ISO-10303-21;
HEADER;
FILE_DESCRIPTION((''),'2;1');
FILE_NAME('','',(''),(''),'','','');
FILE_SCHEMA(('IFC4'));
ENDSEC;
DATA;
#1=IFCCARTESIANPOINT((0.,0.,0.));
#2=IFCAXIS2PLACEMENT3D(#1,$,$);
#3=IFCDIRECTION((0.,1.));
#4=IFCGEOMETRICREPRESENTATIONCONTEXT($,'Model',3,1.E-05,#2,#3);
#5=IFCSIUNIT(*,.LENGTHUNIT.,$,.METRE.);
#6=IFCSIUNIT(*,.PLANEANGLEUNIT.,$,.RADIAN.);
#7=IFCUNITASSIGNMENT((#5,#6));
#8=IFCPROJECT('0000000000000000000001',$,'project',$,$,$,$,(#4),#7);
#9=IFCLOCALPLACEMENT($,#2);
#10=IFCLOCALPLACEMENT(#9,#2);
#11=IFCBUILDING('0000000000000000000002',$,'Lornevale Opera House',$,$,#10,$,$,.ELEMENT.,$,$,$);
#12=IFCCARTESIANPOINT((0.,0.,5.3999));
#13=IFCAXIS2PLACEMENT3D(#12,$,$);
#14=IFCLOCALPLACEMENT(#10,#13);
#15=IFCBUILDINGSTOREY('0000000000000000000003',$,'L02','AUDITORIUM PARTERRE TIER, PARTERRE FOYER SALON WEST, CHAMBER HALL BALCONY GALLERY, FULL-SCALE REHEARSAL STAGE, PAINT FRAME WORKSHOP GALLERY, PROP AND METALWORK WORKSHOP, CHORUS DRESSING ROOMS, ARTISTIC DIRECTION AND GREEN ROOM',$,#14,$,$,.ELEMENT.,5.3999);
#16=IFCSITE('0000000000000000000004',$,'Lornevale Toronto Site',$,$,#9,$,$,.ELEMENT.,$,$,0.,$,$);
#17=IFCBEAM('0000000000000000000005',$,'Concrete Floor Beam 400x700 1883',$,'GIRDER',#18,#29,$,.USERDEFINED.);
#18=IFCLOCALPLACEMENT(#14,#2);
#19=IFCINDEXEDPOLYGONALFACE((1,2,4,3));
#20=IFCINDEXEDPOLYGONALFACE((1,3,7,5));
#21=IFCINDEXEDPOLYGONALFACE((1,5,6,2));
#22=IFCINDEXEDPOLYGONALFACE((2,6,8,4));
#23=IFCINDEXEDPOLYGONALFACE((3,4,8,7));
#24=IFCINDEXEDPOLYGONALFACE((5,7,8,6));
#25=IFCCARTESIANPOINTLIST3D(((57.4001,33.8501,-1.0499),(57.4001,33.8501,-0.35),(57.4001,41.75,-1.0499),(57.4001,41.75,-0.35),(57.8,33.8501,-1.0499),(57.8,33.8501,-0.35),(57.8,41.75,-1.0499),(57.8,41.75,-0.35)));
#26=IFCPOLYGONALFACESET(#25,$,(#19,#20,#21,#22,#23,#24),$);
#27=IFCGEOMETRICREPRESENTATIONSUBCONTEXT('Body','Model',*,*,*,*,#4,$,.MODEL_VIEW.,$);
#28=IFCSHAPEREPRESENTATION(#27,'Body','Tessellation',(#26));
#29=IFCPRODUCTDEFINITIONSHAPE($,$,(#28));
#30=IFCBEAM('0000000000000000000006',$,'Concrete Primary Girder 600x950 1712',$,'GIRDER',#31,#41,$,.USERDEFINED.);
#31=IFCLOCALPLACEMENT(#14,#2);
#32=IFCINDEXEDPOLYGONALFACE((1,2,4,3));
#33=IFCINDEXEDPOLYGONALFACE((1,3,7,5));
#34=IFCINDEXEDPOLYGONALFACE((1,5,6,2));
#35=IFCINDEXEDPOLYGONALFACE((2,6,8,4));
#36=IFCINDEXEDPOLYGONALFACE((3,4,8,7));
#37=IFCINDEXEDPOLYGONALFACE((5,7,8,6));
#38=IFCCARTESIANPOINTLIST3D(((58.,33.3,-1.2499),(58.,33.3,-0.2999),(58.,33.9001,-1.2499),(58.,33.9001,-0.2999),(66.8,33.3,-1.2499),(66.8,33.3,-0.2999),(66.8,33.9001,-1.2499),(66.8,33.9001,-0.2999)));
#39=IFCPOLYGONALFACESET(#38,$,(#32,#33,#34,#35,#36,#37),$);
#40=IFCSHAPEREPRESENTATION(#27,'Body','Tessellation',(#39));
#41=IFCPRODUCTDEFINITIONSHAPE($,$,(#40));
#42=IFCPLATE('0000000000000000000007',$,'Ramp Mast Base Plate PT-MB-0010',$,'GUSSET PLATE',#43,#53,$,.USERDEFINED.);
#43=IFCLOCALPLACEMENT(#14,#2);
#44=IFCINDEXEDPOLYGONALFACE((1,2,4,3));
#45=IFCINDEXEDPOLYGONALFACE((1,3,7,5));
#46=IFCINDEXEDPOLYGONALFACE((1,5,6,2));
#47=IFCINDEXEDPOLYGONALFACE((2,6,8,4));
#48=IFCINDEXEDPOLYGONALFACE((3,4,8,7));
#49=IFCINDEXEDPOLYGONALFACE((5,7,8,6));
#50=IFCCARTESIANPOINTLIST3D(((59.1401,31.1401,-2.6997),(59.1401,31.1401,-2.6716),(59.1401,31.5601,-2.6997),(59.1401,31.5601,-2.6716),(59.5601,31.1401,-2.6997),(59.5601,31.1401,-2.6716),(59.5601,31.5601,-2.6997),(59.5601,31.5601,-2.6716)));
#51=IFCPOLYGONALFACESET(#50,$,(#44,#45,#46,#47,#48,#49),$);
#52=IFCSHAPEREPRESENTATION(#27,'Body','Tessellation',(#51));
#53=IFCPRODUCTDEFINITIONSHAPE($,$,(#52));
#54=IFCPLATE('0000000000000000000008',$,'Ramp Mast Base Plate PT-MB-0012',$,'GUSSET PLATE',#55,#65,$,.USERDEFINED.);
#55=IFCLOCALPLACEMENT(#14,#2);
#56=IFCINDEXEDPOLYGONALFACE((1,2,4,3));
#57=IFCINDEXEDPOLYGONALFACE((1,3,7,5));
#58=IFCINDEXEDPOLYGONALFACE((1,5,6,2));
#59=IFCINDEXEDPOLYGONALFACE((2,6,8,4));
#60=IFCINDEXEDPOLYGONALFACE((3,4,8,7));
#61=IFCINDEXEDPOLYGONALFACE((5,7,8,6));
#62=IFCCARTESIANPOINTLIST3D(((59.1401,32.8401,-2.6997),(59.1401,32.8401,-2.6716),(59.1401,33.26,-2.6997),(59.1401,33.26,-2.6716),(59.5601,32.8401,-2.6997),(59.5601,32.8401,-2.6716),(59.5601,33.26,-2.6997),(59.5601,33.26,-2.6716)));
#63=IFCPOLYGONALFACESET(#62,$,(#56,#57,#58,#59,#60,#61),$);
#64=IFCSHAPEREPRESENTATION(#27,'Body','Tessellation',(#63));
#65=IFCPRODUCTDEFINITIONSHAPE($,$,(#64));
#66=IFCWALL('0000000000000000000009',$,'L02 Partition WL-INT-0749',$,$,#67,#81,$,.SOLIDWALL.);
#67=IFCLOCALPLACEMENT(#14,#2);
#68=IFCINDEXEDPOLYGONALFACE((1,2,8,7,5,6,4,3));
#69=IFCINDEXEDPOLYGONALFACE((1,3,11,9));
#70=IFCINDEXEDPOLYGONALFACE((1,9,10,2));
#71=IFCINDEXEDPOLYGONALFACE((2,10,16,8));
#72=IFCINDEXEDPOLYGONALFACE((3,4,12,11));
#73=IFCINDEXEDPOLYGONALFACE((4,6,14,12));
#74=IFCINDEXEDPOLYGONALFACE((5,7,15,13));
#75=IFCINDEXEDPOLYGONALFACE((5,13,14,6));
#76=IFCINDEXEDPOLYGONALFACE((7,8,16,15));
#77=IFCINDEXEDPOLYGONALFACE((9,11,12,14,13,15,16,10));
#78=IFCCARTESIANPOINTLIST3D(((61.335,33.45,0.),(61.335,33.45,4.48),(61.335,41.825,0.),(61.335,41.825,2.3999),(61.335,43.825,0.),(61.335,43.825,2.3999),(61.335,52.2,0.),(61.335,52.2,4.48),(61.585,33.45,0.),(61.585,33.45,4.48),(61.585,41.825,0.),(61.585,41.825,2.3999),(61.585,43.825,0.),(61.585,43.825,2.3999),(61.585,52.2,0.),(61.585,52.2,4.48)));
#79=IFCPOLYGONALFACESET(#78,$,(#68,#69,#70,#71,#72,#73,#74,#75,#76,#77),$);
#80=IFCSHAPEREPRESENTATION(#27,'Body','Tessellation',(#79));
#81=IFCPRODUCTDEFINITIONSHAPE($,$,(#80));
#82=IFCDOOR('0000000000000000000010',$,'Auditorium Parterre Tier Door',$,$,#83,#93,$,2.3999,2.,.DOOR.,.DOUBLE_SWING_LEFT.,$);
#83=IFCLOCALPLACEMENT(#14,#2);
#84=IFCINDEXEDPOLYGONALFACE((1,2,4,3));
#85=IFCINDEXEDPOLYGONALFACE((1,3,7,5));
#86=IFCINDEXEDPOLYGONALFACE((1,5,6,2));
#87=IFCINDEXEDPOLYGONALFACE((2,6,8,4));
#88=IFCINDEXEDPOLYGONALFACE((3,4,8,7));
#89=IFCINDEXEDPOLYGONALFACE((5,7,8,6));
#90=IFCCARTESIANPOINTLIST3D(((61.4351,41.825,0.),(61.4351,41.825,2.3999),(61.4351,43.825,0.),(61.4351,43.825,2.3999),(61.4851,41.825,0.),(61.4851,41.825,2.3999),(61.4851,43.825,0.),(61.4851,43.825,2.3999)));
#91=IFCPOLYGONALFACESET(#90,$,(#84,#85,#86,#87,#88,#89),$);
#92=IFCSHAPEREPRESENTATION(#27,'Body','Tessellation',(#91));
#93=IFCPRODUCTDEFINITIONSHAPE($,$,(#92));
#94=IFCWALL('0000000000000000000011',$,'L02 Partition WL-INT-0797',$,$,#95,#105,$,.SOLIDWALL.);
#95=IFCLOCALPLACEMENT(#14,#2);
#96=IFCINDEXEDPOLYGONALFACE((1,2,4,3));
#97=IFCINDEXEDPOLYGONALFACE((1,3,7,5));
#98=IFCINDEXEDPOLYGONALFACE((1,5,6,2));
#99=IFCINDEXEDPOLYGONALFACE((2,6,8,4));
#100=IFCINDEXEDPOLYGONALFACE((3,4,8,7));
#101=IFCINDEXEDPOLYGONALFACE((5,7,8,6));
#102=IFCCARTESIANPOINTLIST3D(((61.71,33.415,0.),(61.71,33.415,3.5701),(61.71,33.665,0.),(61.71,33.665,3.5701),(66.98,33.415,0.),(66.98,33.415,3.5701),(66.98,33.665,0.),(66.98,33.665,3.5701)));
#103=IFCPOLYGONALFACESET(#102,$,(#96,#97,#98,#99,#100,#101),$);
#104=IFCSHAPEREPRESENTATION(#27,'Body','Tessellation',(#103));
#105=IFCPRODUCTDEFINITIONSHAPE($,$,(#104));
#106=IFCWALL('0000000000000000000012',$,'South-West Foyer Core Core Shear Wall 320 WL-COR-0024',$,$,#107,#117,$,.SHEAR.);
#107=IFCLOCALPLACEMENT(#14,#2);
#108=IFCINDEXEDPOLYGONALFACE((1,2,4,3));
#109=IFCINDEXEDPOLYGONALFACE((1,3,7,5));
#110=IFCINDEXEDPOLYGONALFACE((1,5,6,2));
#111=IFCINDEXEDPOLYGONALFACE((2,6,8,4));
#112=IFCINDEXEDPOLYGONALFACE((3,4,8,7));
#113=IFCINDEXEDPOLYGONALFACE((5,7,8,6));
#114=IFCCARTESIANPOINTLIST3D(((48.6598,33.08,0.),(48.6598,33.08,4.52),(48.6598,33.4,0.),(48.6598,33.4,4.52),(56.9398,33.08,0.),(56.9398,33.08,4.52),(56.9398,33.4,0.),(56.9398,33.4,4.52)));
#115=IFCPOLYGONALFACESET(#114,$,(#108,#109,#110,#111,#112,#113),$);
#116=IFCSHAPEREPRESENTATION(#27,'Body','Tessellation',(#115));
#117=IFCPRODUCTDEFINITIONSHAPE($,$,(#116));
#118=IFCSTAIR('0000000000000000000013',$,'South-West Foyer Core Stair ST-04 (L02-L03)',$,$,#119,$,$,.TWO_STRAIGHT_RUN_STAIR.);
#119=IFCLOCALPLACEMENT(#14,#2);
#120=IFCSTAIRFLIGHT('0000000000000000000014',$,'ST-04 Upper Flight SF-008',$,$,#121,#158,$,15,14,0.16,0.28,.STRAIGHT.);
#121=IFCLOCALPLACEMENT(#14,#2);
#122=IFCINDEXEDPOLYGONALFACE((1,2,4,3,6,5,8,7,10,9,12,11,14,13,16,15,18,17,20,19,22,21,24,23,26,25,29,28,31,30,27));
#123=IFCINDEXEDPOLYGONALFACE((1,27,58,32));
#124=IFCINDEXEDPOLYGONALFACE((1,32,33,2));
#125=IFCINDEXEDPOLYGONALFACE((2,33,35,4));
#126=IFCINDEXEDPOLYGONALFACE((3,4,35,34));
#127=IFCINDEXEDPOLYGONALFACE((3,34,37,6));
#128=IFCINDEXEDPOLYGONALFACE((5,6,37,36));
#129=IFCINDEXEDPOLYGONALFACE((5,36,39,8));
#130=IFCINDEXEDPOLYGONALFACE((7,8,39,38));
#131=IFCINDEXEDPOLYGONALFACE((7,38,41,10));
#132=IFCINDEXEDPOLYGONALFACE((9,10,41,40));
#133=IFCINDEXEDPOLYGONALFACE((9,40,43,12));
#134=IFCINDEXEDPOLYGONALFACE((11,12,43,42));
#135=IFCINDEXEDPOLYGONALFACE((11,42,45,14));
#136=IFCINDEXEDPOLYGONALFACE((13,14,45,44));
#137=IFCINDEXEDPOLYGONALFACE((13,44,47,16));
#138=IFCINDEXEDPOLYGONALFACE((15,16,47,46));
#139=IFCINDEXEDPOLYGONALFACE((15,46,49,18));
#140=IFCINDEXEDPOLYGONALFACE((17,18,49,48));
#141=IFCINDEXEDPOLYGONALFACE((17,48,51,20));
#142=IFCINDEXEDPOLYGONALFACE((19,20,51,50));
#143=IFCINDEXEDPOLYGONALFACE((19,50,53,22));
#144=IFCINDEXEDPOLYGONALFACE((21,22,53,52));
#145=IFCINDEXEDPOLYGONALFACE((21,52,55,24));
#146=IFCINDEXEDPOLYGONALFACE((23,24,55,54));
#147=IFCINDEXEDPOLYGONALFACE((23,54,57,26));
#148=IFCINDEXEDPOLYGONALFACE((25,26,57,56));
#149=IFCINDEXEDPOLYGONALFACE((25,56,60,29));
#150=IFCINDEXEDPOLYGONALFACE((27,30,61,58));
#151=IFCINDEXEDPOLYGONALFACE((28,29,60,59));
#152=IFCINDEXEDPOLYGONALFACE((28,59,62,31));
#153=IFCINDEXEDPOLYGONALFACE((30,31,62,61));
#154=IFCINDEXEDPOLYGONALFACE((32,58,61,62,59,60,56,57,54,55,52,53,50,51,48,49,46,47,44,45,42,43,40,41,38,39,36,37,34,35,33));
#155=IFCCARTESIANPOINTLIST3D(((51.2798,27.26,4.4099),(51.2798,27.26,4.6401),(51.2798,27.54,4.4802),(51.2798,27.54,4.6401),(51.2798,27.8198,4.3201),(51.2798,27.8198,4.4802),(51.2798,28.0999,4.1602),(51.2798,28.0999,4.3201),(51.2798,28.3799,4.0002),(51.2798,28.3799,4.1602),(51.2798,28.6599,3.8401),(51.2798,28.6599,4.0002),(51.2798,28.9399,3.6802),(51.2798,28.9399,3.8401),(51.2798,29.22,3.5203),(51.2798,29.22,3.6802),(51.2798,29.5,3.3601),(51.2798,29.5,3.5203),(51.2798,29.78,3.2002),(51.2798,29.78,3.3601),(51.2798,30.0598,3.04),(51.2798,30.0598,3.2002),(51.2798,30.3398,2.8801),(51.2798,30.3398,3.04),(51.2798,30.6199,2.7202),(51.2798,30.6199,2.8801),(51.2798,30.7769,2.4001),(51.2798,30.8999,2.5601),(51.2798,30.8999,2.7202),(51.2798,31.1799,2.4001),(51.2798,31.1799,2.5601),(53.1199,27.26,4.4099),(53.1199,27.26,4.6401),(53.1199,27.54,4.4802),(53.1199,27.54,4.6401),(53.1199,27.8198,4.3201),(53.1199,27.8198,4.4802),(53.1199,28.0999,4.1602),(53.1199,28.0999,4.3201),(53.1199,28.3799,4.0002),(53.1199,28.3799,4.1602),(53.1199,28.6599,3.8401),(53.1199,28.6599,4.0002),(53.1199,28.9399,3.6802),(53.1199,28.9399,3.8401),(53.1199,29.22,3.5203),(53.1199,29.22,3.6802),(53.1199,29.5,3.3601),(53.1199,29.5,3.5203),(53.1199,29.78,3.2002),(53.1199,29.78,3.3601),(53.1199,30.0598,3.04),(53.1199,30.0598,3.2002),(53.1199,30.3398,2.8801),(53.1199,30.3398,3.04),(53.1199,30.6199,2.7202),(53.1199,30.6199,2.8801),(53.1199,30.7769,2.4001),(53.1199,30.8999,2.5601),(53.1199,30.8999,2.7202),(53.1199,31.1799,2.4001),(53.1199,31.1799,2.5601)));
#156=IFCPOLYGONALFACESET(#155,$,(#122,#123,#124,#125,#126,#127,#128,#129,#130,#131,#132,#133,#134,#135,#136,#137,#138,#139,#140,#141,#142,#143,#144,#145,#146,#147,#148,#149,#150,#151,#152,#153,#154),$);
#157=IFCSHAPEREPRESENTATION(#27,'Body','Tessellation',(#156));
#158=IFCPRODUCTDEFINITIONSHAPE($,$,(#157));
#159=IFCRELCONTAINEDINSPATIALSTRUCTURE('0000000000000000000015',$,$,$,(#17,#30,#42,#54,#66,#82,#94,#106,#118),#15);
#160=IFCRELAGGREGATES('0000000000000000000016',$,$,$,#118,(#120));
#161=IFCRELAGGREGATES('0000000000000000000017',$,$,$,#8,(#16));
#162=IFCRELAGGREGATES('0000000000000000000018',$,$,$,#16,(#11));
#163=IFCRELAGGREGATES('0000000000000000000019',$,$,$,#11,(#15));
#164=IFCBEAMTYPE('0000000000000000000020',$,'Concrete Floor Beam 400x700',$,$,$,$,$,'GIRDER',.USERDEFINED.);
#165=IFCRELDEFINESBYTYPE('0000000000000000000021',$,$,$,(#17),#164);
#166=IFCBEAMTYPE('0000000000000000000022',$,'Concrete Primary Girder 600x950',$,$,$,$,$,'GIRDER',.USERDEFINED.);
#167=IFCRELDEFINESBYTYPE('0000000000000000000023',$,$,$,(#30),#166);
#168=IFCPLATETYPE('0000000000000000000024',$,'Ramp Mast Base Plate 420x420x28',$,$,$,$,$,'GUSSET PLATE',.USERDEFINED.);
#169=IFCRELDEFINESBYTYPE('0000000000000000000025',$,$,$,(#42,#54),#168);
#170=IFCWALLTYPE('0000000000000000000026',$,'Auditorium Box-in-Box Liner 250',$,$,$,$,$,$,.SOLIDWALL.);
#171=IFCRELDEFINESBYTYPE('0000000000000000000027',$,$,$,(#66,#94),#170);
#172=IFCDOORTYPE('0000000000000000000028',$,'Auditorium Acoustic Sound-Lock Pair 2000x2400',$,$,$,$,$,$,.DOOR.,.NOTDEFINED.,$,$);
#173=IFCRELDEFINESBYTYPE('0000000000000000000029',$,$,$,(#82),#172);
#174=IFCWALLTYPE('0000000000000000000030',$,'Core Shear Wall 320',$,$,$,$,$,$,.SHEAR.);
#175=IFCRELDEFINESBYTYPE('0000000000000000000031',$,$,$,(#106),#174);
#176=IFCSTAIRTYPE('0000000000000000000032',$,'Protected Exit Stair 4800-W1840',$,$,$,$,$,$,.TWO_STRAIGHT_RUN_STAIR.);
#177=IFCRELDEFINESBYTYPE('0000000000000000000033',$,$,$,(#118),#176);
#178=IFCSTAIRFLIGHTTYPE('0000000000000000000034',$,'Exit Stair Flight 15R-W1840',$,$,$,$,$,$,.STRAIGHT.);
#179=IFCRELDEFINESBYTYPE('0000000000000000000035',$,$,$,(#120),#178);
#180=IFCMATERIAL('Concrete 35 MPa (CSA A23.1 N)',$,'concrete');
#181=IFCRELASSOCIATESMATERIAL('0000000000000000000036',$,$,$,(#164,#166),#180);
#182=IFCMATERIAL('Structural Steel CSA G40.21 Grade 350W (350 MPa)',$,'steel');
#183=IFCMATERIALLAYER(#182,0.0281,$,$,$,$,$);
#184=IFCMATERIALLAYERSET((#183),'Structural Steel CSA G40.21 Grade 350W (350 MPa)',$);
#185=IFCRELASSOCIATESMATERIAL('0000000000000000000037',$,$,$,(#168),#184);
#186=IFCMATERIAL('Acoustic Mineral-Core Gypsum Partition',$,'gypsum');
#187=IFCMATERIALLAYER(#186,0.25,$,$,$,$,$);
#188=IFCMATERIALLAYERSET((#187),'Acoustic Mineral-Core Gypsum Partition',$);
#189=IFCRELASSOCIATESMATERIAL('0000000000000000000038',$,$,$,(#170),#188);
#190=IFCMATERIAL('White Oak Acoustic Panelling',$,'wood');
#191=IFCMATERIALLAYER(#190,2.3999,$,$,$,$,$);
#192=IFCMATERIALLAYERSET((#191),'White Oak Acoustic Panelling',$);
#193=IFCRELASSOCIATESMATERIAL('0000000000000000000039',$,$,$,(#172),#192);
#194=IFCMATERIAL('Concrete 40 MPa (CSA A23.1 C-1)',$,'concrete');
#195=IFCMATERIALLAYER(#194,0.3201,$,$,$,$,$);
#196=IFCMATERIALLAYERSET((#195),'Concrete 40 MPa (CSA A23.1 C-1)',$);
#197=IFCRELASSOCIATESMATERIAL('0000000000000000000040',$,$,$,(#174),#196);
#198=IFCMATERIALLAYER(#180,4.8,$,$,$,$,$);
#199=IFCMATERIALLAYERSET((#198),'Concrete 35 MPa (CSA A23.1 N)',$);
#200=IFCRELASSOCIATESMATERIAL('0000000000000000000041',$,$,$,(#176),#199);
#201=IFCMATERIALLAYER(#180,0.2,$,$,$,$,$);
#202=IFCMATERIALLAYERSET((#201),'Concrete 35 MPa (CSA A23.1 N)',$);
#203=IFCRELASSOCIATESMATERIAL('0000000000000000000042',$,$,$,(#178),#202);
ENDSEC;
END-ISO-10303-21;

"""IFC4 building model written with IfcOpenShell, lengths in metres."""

from ifc_helpers import new_model, si_unit, direction, frame, frame_2d, origin, origin_2d, place, context, subcontext, project, spatial, polyline, rectangle, outline, extrude, material, layer, layer_set, material_profile, profile_set, type_object, element, fill, aggregate, save


model = new_model("IFC4")

# Units and contexts
model_context = context("Model", 3, precision=1e-05, world=origin(), true_north=direction((0.0, 1.0)))
body_context = subcontext(model_context, "Body", "Model", "MODEL_VIEW")
ifc_project = project(units=[si_unit("LENGTHUNIT", "METRE"), si_unit("PLANEANGLEUNIT", "RADIAN")], contexts=[model_context])

# Site, building, storey
site_placement = place(None, origin())
site = spatial("IfcSite", under=ifc_project, at=site_placement, Name="Lornevale Toronto Site", CompositionType="ELEMENT", RefElevation=0.0)
building_placement = place(site_placement, origin())
building = spatial("IfcBuilding", under=site, at=building_placement, Name="Lornevale Opera House", CompositionType="ELEMENT")
storey_placement = place(building_placement, frame((0.0, 0.0, 5.3999)))
storey = spatial("IfcBuildingStorey", under=building, at=storey_placement, Name="L02", Description="AUDITORIUM PARTERRE TIER, PARTERRE FOYER SALON WEST, CHAMBER HALL BALCONY GALLERY, FULL-SCALE REHEARSAL STAGE, PAINT FRAME WORKSHOP GALLERY, PROP AND METALWORK WORKSHOP, CHORUS DRESSING ROOMS, ARTISTIC DIRECTION AND GREEN ROOM", CompositionType="ELEMENT", Elevation=5.3999)

# Shared definitions
ifc_material_1 = material(Name="Concrete 40 MPa (CSA A23.1 C-1)", Category="concrete")
ifc_material_2 = material(Name="Structural Steel CSA G40.21 Grade 350W (350 MPa)", Category="steel")

# Beams
ifc_material_3 = material(Name="Concrete 35 MPa (CSA A23.1 N)", Category="concrete")
ifc_material_profile_1 = material_profile(ifc_material_3, rectangle(XDim=0.3999, YDim=0.7, at=origin_2d()), Name="RC400x700")
ifc_profile_set_1 = profile_set([ifc_material_profile_1], Name="Concrete 35 MPa (CSA A23.1 N)")
beam_type_1 = type_object("IfcBeamType", Name="Concrete Floor Beam 400x700", ElementType="GIRDER", PredefinedType="USERDEFINED", material=ifc_profile_set_1)
beam_1_placement = place(storey_placement, frame((57.6001, 33.8501, -0.7), z_axis=(0.0, 1.0, 0.0), x_axis=(-1.0, 0.0, 0.0)))
element("IfcBeam", 1, at=beam_1_placement, inside=storey, type_object=beam_type_1, Name="Concrete Floor Beam 400x700 1883", ObjectType="GIRDER", PredefinedType="USERDEFINED", context=body_context, shape_type="SweptSolid", body=[
    extrude(rectangle(XDim=0.3999, YDim=0.7, at=origin_2d()), origin(), (0.0, 0.0, 1.0), 7.8999),
])
ifc_material_profile_2 = material_profile(ifc_material_3, rectangle(XDim=0.6001, YDim=0.95, at=origin_2d()), Name="RC600x950")
ifc_profile_set_2 = profile_set([ifc_material_profile_2], Name="Concrete 35 MPa (CSA A23.1 N)")
beam_type_2 = type_object("IfcBeamType", Name="Concrete Primary Girder 600x950", ElementType="GIRDER", PredefinedType="USERDEFINED", material=ifc_profile_set_2)
beam_2_placement = place(storey_placement, frame((58.0, 33.6001, -0.7749), z_axis=(1.0, 0.0, 0.0), x_axis=(0.0, 1.0, 0.0)))
element("IfcBeam", 2, at=beam_2_placement, inside=storey, type_object=beam_type_2, Name="Concrete Primary Girder 600x950 1712", ObjectType="GIRDER", PredefinedType="USERDEFINED", context=body_context, shape_type="SweptSolid", body=[
    extrude(rectangle(XDim=0.6001, YDim=0.95, at=origin_2d()), origin(), (0.0, 0.0, 1.0), 8.8),
])

# Plates
ifc_layer_1 = layer(ifc_material_2, 0.0281)
ifc_layer_set_1 = layer_set([ifc_layer_1], Name="Structural Steel CSA G40.21 Grade 350W (350 MPa)")
plate_type = type_object("IfcPlateType", Name="Ramp Mast Base Plate 420x420x28", ElementType="GUSSET PLATE", PredefinedType="USERDEFINED", material=ifc_layer_set_1)
for number, where, z_axis, x_axis, name in (
    (3, (59.3501, 31.3501, -2.6997), (0.0, 0.0, 1.0), (1.0, 0.0, 0.0), "Ramp Mast Base Plate PT-MB-0010"),
    (4, (59.3501, 33.05, -2.6997), (0.0, 0.0, 1.0), (1.0, 0.0, 0.0), "Ramp Mast Base Plate PT-MB-0012"),
):
    element("IfcPlate", number, at=place(storey_placement, frame(where, z_axis=z_axis, x_axis=x_axis)), inside=storey, type_object=plate_type, Name=name, ObjectType="GUSSET PLATE", PredefinedType="USERDEFINED", context=body_context, shape_type="SweptSolid", body=[
        extrude(rectangle(XDim=0.4199, YDim=0.4199, at=origin_2d()), origin(), (0.0, 0.0, 1.0), 0.0281),
    ])

# Wall, opening, door
ifc_material_4 = material(Name="Acoustic Mineral-Core Gypsum Partition", Category="gypsum")
ifc_layer_2 = layer(ifc_material_4, 0.25)
ifc_layer_set_2 = layer_set([ifc_layer_2], Name="Acoustic Mineral-Core Gypsum Partition")
wall_type_1 = type_object("IfcWallType", Name="Auditorium Box-in-Box Liner 250", PredefinedType="SOLIDWALL", material=ifc_layer_set_2)
wall_1_placement = place(storey_placement, frame((61.46, 33.45, 0.0), z_axis=(0.0, 0.0, 1.0), x_axis=(0.0, 1.0, 0.0)))
wall_1 = element("IfcWall", 5, at=wall_1_placement, inside=storey, type_object=wall_type_1, Name="L02 Partition WL-INT-0749", PredefinedType="SOLIDWALL", context=body_context, shape_type="SweptSolid", body=[
    extrude(rectangle(XDim=18.75, YDim=0.25, at=frame_2d((9.375, 0.0))), origin(), (0.0, 0.0, 1.0), 4.48),
])
opening_placement = place(wall_1_placement, frame((8.375, 0.0, 0.0)))
opening = element("IfcOpeningElement", 6, at=opening_placement, cuts=wall_1, PredefinedType="OPENING", context=body_context, shape_type="SweptSolid", body=[
    extrude(rectangle(XDim=2.0, YDim=2.3999, at=frame_2d((1.0, 1.2))), frame((0.0, 0.135, 0.0), z_axis=(0.0, -1.0, 0.0), x_axis=(1.0, 0.0, 0.0)), (0.0, 0.0, 1.0), 0.27),
])
ifc_material_5 = material(Name="White Oak Acoustic Panelling", Category="wood")
ifc_layer_3 = layer(ifc_material_5, 2.3999)
ifc_layer_set_3 = layer_set([ifc_layer_3], Name="White Oak Acoustic Panelling")
door_type = type_object("IfcDoorType", Name="Auditorium Acoustic Sound-Lock Pair 2000x2400", OperationType="NOTDEFINED", PredefinedType="DOOR", material=ifc_layer_set_3)
door_placement = place(opening_placement, origin())
door = element("IfcDoor", 7, at=door_placement, inside=storey, type_object=door_type, Name="Auditorium Parterre Tier Door", OperationType="DOUBLE_SWING_LEFT", OverallHeight=2.3999, OverallWidth=2.0, PredefinedType="DOOR", context=body_context, shape_type="SweptSolid", body=[
    extrude(rectangle(XDim=2.0, YDim=2.3999, at=frame_2d((1.0, 1.2))), frame((0.0, 0.0249, 0.0), z_axis=(0.0, -1.0, 0.0), x_axis=(1.0, 0.0, 0.0)), (0.0, 0.0, 1.0), 0.05),
])
fill(opening, door)

# Walls
wall_2_placement = place(storey_placement, frame((61.71, 33.54, 0.0), z_axis=(0.0, 0.0, 1.0), x_axis=(1.0, 0.0, 0.0)))
element("IfcWall", 8, at=wall_2_placement, inside=storey, type_object=wall_type_1, Name="L02 Partition WL-INT-0797", PredefinedType="SOLIDWALL", context=body_context, shape_type="SweptSolid", body=[
    extrude(rectangle(XDim=5.27, YDim=0.25, at=frame_2d((2.635, 0.0))), origin(), (0.0, 0.0, 1.0), 3.5701),
])
ifc_layer_4 = layer(ifc_material_1, 0.3201)
ifc_layer_set_4 = layer_set([ifc_layer_4], Name="Concrete 40 MPa (CSA A23.1 C-1)")
wall_type_2 = type_object("IfcWallType", Name="Core Shear Wall 320", PredefinedType="SHEAR", material=ifc_layer_set_4)
wall_3_placement = place(storey_placement, frame((56.9399, 33.24, 0.0), z_axis=(0.0, 0.0, 1.0), x_axis=(-1.0, 0.0, 0.0)))
element("IfcWall", 9, at=wall_3_placement, inside=storey, type_object=wall_type_2, Name="South-West Foyer Core Core Shear Wall 320 WL-COR-0024", PredefinedType="SHEAR", context=body_context, shape_type="SweptSolid", body=[
    extrude(rectangle(XDim=8.28, YDim=0.3201, at=frame_2d((4.1401, 0.0))), origin(), (0.0, 0.0, 1.0), 4.52),
])

# Stair, stair flight
ifc_layer_5 = layer(ifc_material_3, 4.8)
ifc_layer_set_5 = layer_set([ifc_layer_5], Name="Concrete 35 MPa (CSA A23.1 N)")
stair_type_1 = type_object("IfcStairType", Name="Protected Exit Stair 4800-W1840", PredefinedType="TWO_STRAIGHT_RUN_STAIR", material=ifc_layer_set_5)
stair_1_placement = place(storey_placement, origin())
stair_1 = element("IfcStair", 10, at=stair_1_placement, inside=storey, type_object=stair_type_1, Name="South-West Foyer Core Stair ST-04 (L02-L03)", PredefinedType="TWO_STRAIGHT_RUN_STAIR")
ifc_layer_6 = layer(ifc_material_3, 0.2)
ifc_layer_set_6 = layer_set([ifc_layer_6], Name="Concrete 35 MPa (CSA A23.1 N)")
stair_flight_type_1 = type_object("IfcStairFlightType", Name="Exit Stair Flight 15R-W1840", PredefinedType="STRAIGHT", material=ifc_layer_set_6)
stair_flight_1_placement = place(storey_placement, frame((52.2, 31.1799, 2.4001), z_axis=(0.0, 0.0, 1.0), x_axis=(0.0, -1.0, 0.0)))
stair_flight_1 = element("IfcStairFlight", 11, at=stair_flight_1_placement, type_object=stair_flight_type_1, Name="ST-04 Upper Flight SF-008", NumberOfRisers=15, NumberOfTreads=14, PredefinedType="STRAIGHT", RiserHeight=0.16, TreadLength=0.28, context=body_context, shape_type="SweptSolid", body=[
    extrude(outline(polyline([(0.0, 0.0), (0.0, 0.1599), (0.28, 0.1599), (0.28, 0.3201), (0.5601, 0.3201), (0.5601, 0.48), (0.8401, 0.48), (0.8401, 0.6399), (1.1201, 0.6399), (1.1201, 0.8), (1.3999, 0.8), (1.3999, 0.96), (1.6799, 0.96), (1.6799, 1.1201), (1.96, 1.1201), (1.96, 1.28), (2.24, 1.28), (2.24, 1.4399), (2.52, 1.4399), (2.52, 1.6001), (2.8, 1.6001), (2.8, 1.76), (3.0801, 1.76), (3.0801, 1.9199), (3.3601, 1.9199), (3.3601, 2.0801), (3.6399, 2.0801), (3.6399, 2.24), (3.9199, 2.24), (3.9199, 2.0098), (0.4031, 0.0), (0.0, 0.0)])), frame((0.0, 0.9199, 0.0), z_axis=(0.0, -1.0, 0.0), x_axis=(1.0, 0.0, 0.0)), (0.0, 0.0, 1.0), 1.8401),
])
aggregate(stair_1, [stair_flight_1])

save(model, "model.ifc")
